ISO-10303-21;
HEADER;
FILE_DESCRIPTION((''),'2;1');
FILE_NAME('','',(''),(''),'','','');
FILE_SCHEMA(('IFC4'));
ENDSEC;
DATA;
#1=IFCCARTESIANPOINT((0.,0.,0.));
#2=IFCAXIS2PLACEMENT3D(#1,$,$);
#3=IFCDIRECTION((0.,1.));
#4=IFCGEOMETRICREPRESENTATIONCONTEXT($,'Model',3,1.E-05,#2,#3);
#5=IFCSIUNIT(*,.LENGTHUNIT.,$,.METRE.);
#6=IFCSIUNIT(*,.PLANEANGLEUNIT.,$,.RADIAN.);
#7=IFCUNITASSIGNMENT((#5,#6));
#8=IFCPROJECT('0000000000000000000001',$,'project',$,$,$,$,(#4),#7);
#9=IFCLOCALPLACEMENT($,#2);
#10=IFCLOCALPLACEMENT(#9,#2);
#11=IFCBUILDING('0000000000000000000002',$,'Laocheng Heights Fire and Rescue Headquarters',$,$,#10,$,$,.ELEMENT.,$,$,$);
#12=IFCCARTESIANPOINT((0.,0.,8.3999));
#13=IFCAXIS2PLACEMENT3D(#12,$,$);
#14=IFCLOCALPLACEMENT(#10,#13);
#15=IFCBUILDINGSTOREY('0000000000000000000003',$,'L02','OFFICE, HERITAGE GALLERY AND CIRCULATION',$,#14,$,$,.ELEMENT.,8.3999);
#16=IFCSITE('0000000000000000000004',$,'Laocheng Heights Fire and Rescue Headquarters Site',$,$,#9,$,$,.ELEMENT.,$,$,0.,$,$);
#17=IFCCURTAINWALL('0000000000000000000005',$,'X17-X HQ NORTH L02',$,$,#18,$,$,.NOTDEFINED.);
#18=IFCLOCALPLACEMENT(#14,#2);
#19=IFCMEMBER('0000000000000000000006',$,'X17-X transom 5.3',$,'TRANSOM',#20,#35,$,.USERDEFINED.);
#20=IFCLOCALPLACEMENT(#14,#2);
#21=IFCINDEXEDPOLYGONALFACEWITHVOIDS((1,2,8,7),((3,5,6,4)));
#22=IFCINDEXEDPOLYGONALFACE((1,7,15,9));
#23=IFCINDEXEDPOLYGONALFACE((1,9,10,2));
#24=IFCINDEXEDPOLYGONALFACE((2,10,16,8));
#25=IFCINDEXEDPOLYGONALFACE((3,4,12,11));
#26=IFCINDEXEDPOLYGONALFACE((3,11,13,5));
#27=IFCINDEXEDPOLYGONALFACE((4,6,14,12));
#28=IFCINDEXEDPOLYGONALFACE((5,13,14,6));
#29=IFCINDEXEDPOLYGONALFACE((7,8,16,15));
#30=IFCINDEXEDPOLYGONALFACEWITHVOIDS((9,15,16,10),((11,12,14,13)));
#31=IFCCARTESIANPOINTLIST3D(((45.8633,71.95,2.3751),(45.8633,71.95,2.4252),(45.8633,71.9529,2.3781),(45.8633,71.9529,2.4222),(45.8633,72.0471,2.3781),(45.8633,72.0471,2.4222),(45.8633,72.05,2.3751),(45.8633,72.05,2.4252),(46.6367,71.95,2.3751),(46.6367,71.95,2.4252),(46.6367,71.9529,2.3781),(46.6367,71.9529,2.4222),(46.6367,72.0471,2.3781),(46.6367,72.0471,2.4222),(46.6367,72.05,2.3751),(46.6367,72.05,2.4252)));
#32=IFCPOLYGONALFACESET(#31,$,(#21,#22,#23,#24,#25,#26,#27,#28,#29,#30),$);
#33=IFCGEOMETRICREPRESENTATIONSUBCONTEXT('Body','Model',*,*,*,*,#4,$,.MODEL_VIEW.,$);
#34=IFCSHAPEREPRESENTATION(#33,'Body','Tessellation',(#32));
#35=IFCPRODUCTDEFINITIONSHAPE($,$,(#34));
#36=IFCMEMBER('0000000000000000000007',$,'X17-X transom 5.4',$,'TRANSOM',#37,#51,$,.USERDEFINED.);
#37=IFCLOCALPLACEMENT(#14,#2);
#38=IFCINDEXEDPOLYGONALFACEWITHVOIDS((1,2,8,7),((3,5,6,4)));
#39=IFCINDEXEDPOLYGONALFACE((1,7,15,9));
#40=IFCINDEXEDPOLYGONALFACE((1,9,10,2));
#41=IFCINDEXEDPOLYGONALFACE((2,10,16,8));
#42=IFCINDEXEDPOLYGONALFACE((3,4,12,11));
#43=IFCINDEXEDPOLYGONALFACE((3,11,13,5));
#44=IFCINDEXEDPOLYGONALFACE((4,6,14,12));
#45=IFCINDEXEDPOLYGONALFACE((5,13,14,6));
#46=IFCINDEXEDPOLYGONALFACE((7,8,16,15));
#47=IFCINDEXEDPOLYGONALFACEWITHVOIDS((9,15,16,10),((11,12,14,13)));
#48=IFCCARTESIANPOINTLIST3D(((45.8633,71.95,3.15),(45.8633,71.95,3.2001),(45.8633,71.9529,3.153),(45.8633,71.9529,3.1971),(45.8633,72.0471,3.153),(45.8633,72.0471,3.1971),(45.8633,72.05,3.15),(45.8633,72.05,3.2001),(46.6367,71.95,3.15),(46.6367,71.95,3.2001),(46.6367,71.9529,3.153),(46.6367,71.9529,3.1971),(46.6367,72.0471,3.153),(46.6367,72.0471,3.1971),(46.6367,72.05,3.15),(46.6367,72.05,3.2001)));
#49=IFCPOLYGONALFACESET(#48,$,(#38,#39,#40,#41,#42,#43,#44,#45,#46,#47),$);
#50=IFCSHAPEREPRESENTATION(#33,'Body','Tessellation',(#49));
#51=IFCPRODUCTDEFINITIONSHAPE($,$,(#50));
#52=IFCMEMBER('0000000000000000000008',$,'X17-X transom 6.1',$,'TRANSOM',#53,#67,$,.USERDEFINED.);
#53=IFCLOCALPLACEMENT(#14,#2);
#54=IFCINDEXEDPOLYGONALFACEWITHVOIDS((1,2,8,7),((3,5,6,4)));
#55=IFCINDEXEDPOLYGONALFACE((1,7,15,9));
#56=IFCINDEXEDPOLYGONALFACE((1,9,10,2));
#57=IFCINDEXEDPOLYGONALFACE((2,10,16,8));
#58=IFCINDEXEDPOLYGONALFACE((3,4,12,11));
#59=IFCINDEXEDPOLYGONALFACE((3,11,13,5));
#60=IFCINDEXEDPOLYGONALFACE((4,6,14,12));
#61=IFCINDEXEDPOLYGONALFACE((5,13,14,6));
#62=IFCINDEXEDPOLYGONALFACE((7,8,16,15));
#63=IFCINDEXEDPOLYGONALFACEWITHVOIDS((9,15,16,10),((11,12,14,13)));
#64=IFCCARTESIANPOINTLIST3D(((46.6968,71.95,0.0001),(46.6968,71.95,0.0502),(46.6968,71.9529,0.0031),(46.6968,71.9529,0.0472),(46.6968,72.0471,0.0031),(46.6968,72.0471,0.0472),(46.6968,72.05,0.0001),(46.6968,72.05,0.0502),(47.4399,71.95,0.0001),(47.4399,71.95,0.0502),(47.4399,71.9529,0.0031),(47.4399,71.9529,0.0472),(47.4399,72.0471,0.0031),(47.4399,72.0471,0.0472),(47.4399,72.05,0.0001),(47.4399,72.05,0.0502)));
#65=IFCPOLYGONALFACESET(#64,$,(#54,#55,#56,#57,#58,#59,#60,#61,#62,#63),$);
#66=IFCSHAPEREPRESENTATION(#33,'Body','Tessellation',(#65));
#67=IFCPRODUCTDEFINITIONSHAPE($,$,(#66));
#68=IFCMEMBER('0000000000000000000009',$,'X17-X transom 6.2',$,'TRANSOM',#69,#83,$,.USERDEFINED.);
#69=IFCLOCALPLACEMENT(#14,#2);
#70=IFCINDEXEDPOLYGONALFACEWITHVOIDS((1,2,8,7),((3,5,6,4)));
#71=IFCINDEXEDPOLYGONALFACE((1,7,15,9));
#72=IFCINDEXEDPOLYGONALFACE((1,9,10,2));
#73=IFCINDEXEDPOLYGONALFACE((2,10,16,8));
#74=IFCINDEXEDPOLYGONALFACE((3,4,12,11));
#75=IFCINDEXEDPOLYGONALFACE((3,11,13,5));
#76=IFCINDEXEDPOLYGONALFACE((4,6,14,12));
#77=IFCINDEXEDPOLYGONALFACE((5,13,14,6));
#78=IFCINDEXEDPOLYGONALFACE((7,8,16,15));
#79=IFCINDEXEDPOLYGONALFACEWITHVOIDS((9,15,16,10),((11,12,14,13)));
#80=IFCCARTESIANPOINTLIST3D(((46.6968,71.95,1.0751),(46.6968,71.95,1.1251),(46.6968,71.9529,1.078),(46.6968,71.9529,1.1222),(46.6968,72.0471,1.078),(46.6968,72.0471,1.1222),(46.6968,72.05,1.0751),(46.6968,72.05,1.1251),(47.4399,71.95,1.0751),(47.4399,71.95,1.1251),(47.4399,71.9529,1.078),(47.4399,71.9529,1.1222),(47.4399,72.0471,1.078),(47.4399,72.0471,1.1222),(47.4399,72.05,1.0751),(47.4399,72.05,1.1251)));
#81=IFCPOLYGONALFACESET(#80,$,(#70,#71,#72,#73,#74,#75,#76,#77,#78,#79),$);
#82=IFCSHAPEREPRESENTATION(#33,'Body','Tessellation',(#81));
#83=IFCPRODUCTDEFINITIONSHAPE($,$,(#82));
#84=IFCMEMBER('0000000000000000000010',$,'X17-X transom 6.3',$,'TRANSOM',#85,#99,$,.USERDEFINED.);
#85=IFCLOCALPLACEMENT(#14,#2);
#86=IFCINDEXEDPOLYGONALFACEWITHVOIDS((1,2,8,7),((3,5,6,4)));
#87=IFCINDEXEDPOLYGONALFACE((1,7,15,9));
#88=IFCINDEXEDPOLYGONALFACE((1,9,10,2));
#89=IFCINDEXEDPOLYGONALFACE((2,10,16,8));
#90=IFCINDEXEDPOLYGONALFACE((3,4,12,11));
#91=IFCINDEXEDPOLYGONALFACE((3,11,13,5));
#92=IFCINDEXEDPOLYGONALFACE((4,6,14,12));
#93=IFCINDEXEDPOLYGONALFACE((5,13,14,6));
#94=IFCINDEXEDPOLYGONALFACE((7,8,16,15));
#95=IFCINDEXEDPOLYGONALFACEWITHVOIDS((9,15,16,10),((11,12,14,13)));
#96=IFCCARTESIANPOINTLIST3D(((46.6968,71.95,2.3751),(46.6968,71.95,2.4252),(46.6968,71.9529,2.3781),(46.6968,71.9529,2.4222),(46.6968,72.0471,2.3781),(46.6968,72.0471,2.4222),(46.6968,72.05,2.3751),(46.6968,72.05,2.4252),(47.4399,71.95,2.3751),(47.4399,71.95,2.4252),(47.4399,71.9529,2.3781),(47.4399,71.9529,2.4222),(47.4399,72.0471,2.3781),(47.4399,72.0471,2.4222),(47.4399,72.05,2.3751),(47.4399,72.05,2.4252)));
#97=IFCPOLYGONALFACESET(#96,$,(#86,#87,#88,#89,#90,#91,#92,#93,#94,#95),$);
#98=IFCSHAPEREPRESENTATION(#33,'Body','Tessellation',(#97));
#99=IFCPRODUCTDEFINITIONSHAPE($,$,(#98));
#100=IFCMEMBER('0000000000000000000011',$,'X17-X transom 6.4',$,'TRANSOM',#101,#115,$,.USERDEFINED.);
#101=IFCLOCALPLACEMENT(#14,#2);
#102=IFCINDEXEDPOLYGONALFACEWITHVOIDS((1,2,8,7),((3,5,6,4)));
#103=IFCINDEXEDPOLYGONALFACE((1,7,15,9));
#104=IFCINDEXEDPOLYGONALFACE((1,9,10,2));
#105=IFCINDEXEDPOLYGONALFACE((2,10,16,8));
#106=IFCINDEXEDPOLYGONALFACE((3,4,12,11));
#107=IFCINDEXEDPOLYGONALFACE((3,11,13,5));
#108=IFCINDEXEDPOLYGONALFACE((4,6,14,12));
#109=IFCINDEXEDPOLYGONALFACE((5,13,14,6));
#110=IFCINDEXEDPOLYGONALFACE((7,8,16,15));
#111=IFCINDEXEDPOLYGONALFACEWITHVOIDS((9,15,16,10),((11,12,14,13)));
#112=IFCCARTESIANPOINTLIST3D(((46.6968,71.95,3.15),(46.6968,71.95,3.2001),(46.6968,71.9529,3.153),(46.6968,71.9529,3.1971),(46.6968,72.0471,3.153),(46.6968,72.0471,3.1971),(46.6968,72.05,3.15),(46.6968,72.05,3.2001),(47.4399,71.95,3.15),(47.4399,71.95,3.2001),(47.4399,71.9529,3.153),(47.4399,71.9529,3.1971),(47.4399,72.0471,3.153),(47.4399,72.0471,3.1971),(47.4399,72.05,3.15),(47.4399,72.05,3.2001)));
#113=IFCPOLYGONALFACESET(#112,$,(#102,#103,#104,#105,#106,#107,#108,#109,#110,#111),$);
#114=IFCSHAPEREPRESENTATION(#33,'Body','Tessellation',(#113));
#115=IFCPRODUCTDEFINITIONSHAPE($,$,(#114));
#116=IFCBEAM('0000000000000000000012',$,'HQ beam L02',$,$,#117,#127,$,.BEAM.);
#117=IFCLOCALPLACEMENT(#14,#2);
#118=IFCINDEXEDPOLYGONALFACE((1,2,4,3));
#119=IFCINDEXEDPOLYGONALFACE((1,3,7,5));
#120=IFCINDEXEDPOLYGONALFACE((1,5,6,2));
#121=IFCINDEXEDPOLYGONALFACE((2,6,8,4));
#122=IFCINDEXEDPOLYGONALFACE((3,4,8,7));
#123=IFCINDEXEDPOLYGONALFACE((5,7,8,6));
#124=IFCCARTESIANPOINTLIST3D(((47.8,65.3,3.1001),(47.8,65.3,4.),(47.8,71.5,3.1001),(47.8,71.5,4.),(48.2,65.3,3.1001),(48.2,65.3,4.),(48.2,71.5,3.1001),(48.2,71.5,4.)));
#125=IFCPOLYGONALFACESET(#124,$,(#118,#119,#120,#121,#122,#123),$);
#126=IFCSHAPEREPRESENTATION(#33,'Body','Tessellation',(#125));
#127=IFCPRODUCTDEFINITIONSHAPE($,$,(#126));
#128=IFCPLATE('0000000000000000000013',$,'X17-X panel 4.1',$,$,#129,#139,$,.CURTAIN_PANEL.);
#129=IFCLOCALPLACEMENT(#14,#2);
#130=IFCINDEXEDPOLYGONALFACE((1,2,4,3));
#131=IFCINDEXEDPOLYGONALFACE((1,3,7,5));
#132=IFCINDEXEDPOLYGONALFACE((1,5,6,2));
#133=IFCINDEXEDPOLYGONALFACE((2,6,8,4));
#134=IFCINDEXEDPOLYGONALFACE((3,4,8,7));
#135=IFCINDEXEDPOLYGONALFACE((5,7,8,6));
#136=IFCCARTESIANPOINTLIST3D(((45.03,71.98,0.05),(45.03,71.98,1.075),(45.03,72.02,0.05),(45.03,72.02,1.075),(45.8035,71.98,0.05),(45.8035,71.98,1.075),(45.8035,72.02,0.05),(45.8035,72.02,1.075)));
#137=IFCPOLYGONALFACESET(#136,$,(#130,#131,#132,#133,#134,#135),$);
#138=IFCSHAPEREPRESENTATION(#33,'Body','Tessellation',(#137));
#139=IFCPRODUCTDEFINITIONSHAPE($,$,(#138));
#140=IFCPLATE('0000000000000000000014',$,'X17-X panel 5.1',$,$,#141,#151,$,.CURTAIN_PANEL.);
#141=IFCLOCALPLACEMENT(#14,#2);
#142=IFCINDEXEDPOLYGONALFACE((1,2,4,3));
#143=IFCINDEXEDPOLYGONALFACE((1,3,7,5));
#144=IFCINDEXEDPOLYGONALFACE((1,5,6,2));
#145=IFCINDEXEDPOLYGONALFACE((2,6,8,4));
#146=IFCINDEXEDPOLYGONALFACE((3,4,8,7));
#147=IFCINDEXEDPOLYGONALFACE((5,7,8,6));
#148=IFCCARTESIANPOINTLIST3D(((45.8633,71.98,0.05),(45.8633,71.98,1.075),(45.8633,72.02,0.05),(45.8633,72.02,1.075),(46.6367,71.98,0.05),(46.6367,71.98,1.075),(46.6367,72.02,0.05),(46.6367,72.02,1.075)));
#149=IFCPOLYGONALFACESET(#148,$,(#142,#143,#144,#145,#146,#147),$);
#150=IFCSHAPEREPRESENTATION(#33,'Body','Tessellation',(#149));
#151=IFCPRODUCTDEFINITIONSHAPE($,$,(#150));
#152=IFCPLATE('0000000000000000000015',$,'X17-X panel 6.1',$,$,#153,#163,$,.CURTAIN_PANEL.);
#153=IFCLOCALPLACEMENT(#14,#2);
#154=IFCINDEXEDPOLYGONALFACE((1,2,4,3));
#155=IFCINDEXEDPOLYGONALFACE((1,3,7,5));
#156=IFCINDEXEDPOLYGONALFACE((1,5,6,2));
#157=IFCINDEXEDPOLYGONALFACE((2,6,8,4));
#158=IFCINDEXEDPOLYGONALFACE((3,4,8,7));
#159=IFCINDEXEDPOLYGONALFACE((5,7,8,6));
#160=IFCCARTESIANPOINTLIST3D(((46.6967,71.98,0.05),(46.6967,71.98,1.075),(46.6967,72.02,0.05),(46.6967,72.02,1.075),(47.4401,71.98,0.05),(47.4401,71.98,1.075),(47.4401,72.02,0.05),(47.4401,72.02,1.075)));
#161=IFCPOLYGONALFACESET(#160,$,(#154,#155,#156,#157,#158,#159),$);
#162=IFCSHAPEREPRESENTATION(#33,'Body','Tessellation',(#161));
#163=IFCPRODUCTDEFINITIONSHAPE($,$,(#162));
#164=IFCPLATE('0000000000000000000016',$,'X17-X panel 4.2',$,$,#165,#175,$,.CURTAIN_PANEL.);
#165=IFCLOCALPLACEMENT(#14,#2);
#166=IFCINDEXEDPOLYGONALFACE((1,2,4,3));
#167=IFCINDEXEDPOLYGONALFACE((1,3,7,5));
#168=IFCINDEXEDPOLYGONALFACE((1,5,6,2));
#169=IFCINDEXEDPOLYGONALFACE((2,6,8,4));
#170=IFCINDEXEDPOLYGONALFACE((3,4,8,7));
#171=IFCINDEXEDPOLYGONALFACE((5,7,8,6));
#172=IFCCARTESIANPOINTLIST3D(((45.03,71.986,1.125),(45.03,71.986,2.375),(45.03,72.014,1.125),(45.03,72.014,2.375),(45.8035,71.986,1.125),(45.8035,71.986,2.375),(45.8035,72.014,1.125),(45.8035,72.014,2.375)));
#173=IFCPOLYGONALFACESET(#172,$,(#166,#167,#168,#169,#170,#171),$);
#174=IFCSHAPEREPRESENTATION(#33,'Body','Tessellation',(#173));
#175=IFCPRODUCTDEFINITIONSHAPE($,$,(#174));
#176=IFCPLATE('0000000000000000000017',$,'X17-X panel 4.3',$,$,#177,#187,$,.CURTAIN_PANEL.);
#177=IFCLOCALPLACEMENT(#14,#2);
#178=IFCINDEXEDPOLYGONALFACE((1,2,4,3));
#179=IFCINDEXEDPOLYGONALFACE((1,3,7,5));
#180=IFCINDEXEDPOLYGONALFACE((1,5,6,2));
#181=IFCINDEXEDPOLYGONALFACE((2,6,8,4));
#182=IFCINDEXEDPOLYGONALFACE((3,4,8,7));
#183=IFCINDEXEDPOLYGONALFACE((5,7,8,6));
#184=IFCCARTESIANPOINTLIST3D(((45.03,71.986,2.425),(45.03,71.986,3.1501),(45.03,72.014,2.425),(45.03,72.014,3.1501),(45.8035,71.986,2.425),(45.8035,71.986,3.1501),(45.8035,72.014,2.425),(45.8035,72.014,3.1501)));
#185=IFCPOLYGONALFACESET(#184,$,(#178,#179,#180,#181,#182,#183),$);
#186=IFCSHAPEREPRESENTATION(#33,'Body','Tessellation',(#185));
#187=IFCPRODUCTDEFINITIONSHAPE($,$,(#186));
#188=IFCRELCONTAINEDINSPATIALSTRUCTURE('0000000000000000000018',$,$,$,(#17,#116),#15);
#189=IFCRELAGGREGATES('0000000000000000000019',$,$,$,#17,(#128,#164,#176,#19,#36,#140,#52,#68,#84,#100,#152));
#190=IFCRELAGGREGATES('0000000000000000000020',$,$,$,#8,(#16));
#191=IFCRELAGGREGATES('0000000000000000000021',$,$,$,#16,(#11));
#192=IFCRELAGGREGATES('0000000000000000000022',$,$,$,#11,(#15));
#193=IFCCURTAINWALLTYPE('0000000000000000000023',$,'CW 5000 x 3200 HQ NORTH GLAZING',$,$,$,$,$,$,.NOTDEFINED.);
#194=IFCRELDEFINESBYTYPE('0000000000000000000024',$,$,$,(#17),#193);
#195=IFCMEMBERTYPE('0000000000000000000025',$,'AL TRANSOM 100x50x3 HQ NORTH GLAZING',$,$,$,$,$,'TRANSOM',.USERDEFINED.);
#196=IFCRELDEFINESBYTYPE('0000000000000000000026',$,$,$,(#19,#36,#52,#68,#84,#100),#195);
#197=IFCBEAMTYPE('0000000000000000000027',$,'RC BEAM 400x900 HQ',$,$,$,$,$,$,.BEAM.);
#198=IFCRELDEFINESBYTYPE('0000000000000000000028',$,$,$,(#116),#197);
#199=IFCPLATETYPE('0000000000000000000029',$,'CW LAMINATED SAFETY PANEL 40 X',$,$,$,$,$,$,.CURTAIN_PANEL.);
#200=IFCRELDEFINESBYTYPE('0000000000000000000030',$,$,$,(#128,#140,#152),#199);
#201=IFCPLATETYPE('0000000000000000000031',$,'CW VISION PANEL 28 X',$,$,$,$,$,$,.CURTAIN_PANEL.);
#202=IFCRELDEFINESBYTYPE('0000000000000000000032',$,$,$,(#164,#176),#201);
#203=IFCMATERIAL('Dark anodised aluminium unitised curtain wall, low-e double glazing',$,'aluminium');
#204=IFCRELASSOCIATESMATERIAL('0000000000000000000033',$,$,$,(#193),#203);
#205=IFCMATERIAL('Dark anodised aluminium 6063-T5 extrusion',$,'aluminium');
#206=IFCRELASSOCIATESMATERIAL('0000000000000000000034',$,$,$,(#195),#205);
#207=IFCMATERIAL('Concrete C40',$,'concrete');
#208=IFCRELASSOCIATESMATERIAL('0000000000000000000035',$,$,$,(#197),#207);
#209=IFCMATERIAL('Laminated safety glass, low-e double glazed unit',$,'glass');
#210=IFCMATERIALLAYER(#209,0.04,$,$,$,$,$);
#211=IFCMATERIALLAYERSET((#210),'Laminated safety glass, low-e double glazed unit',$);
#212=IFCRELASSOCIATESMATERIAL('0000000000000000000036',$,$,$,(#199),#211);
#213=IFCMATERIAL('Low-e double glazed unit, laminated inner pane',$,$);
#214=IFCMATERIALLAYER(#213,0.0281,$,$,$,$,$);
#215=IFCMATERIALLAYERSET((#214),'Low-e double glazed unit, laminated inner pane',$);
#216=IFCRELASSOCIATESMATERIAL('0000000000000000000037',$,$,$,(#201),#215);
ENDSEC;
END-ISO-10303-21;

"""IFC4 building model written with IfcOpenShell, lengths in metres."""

from ifc_helpers import new_model, si_unit, direction, frame, origin, origin_2d, place, context, subcontext, project, spatial, rectangle, hollow_rectangle, extrude, material, layer, layer_set, material_profile, profile_set, type_object, element, aggregate, save


model = new_model("IFC4")

# Units and contexts
model_context = context("Model", 3, precision=1e-05, world=origin(), true_north=direction((0.0, 1.0)))
body_context = subcontext(model_context, "Body", "Model", "MODEL_VIEW")
ifc_project = project(units=[si_unit("LENGTHUNIT", "METRE"), si_unit("PLANEANGLEUNIT", "RADIAN")], contexts=[model_context])

# Site, building, storey
site_placement = place(None, origin())
site = spatial("IfcSite", under=ifc_project, at=site_placement, Name="Laocheng Heights Fire and Rescue Headquarters Site", CompositionType="ELEMENT", RefElevation=0.0)
building_placement = place(site_placement, origin())
building = spatial("IfcBuilding", under=site, at=building_placement, Name="Laocheng Heights Fire and Rescue Headquarters", CompositionType="ELEMENT")
storey_placement = place(building_placement, frame((0.0, 0.0, 8.3999)))
storey = spatial("IfcBuildingStorey", under=building, at=storey_placement, Name="L02", Description="OFFICE, HERITAGE GALLERY AND CIRCULATION", CompositionType="ELEMENT", Elevation=8.3999)

# Curtain wall, members
ifc_material_1 = material(Name="Dark anodised aluminium unitised curtain wall, low-e double glazing", Category="aluminium")
curtain_wall_type = type_object("IfcCurtainWallType", Name="CW 5000 x 3200 HQ NORTH GLAZING", PredefinedType="NOTDEFINED", material=ifc_material_1)
curtain_wall_placement = place(storey_placement, origin())
curtain_wall = element("IfcCurtainWall", 1, at=curtain_wall_placement, inside=storey, type_object=curtain_wall_type, Name="X17-X HQ NORTH L02", PredefinedType="NOTDEFINED")
ifc_material_2 = material(Name="Dark anodised aluminium 6063-T5 extrusion", Category="aluminium")
ifc_material_profile_1 = material_profile(ifc_material_2, hollow_rectangle(XDim=0.1001, YDim=0.05, WallThickness=0.0029, at=origin_2d()), Name="AL TRANSOM 100x50x3 HQ NORTH GLAZING")
ifc_profile_set_1 = profile_set([ifc_material_profile_1], Name="Dark anodised aluminium 6063-T5 extrusion")
member_type_1 = type_object("IfcMemberType", Name="AL TRANSOM 100x50x3 HQ NORTH GLAZING", ElementType="TRANSOM", PredefinedType="USERDEFINED", material=ifc_profile_set_1)
member_1_placement = place(storey_placement, frame((45.8633, 72.0, 2.4001), z_axis=(1.0, 0.0, 0.0), x_axis=(0.0, 1.0, 0.0)))
member_1 = element("IfcMember", 2, at=member_1_placement, type_object=member_type_1, Name="X17-X transom 5.3", ObjectType="TRANSOM", PredefinedType="USERDEFINED", context=body_context, shape_type="SweptSolid", body=[
    extrude(hollow_rectangle(XDim=0.1001, YDim=0.05, WallThickness=0.0029, at=origin_2d()), origin(), (0.0, 0.0, 1.0), 0.7734),
])
member_2_placement = place(storey_placement, frame((45.8633, 72.0, 3.175), z_axis=(1.0, 0.0, 0.0), x_axis=(0.0, 1.0, 0.0)))
member_2 = element("IfcMember", 3, at=member_2_placement, type_object=member_type_1, Name="X17-X transom 5.4", ObjectType="TRANSOM", PredefinedType="USERDEFINED", context=body_context, shape_type="SweptSolid", body=[
    extrude(hollow_rectangle(XDim=0.1001, YDim=0.05, WallThickness=0.0029, at=origin_2d()), origin(), (0.0, 0.0, 1.0), 0.7734),
])
member_3_placement = place(storey_placement, frame((46.6968, 72.0, 0.0251), z_axis=(1.0, 0.0, 0.0), x_axis=(0.0, 1.0, 0.0)))
member_3 = element("IfcMember", 4, at=member_3_placement, type_object=member_type_1, Name="X17-X transom 6.1", ObjectType="TRANSOM", PredefinedType="USERDEFINED", context=body_context, shape_type="SweptSolid", body=[
    extrude(hollow_rectangle(XDim=0.1001, YDim=0.05, WallThickness=0.0029, at=origin_2d()), origin(), (0.0, 0.0, 1.0), 0.7432),
])
member_4_placement = place(storey_placement, frame((46.6968, 72.0, 1.1001), z_axis=(1.0, 0.0, 0.0), x_axis=(0.0, 1.0, 0.0)))
member_4 = element("IfcMember", 5, at=member_4_placement, type_object=member_type_1, Name="X17-X transom 6.2", ObjectType="TRANSOM", PredefinedType="USERDEFINED", context=body_context, shape_type="SweptSolid", body=[
    extrude(hollow_rectangle(XDim=0.1001, YDim=0.05, WallThickness=0.0029, at=origin_2d()), origin(), (0.0, 0.0, 1.0), 0.7432),
])
member_5_placement = place(storey_placement, frame((46.6968, 72.0, 2.4001), z_axis=(1.0, 0.0, 0.0), x_axis=(0.0, 1.0, 0.0)))
member_5 = element("IfcMember", 6, at=member_5_placement, type_object=member_type_1, Name="X17-X transom 6.3", ObjectType="TRANSOM", PredefinedType="USERDEFINED", context=body_context, shape_type="SweptSolid", body=[
    extrude(hollow_rectangle(XDim=0.1001, YDim=0.05, WallThickness=0.0029, at=origin_2d()), origin(), (0.0, 0.0, 1.0), 0.7432),
])
member_6_placement = place(storey_placement, frame((46.6968, 72.0, 3.175), z_axis=(1.0, 0.0, 0.0), x_axis=(0.0, 1.0, 0.0)))
member_6 = element("IfcMember", 7, at=member_6_placement, type_object=member_type_1, Name="X17-X transom 6.4", ObjectType="TRANSOM", PredefinedType="USERDEFINED", context=body_context, shape_type="SweptSolid", body=[
    extrude(hollow_rectangle(XDim=0.1001, YDim=0.05, WallThickness=0.0029, at=origin_2d()), origin(), (0.0, 0.0, 1.0), 0.7432),
])

# Beam
ifc_material_3 = material(Name="Concrete C40", Category="concrete")
ifc_material_profile_2 = material_profile(ifc_material_3, rectangle(XDim=0.3999, YDim=0.8999, at=origin_2d()), Name="RC BEAM 400x900 HQ")
ifc_profile_set_2 = profile_set([ifc_material_profile_2], Name="Concrete C40")
beam_type = type_object("IfcBeamType", Name="RC BEAM 400x900 HQ", PredefinedType="BEAM", material=ifc_profile_set_2)
beam_placement = place(storey_placement, frame((48.0, 65.3, 3.55), z_axis=(0.0, 1.0, 0.0), x_axis=(-1.0, 0.0, 0.0)))
element("IfcBeam", 8, at=beam_placement, inside=storey, type_object=beam_type, Name="HQ beam L02", PredefinedType="BEAM", context=body_context, shape_type="SweptSolid", body=[
    extrude(rectangle(XDim=0.3999, YDim=0.8999, at=origin_2d()), origin(), (0.0, 0.0, 1.0), 6.2),
])

# Plates
ifc_material_4 = material(Name="Laminated safety glass, low-e double glazed unit", Category="glass")
ifc_layer_1 = layer(ifc_material_4, 0.04)
ifc_layer_set_1 = layer_set([ifc_layer_1], Name="Laminated safety glass, low-e double glazed unit")
plate_type_1 = type_object("IfcPlateType", Name="CW LAMINATED SAFETY PANEL 40 X", PredefinedType="CURTAIN_PANEL", material=ifc_layer_set_1)
plate_1_placement = place(storey_placement, frame((45.4167, 72.0, 0.05), z_axis=(0.0, 0.0, 1.0), x_axis=(1.0, 0.0, 0.0)))
plate_1 = element("IfcPlate", 9, at=plate_1_placement, type_object=plate_type_1, Name="X17-X panel 4.1", PredefinedType="CURTAIN_PANEL", context=body_context, shape_type="SweptSolid", body=[
    extrude(rectangle(XDim=0.7734, YDim=0.04, at=origin_2d()), origin(), (0.0, 0.0, 1.0), 1.0249),
])
plate_2_placement = place(storey_placement, frame((46.25, 72.0, 0.05), z_axis=(0.0, 0.0, 1.0), x_axis=(1.0, 0.0, 0.0)))
plate_2 = element("IfcPlate", 10, at=plate_2_placement, type_object=plate_type_1, Name="X17-X panel 5.1", PredefinedType="CURTAIN_PANEL", context=body_context, shape_type="SweptSolid", body=[
    extrude(rectangle(XDim=0.7734, YDim=0.04, at=origin_2d()), origin(), (0.0, 0.0, 1.0), 1.0249),
])
plate_3_placement = place(storey_placement, frame((47.0684, 72.0, 0.05), z_axis=(0.0, 0.0, 1.0), x_axis=(1.0, 0.0, 0.0)))
plate_3 = element("IfcPlate", 11, at=plate_3_placement, type_object=plate_type_1, Name="X17-X panel 6.1", PredefinedType="CURTAIN_PANEL", context=body_context, shape_type="SweptSolid", body=[
    extrude(rectangle(XDim=0.7434, YDim=0.04, at=origin_2d()), origin(), (0.0, 0.0, 1.0), 1.0249),
])
ifc_material_5 = material(Name="Low-e double glazed unit, laminated inner pane")
ifc_layer_2 = layer(ifc_material_5, 0.0281)
ifc_layer_set_2 = layer_set([ifc_layer_2], Name="Low-e double glazed unit, laminated inner pane")
plate_type_2 = type_object("IfcPlateType", Name="CW VISION PANEL 28 X", PredefinedType="CURTAIN_PANEL", material=ifc_layer_set_2)
plate_4_placement = place(storey_placement, frame((45.4167, 72.0, 1.125), z_axis=(0.0, 0.0, 1.0), x_axis=(1.0, 0.0, 0.0)))
plate_4 = element("IfcPlate", 12, at=plate_4_placement, type_object=plate_type_2, Name="X17-X panel 4.2", PredefinedType="CURTAIN_PANEL", context=body_context, shape_type="SweptSolid", body=[
    extrude(rectangle(XDim=0.7734, YDim=0.0281, at=origin_2d()), origin(), (0.0, 0.0, 1.0), 1.25),
])
plate_5_placement = place(storey_placement, frame((45.4167, 72.0, 2.425), z_axis=(0.0, 0.0, 1.0), x_axis=(1.0, 0.0, 0.0)))
plate_5 = element("IfcPlate", 13, at=plate_5_placement, type_object=plate_type_2, Name="X17-X panel 4.3", PredefinedType="CURTAIN_PANEL", context=body_context, shape_type="SweptSolid", body=[
    extrude(rectangle(XDim=0.7734, YDim=0.0281, at=origin_2d()), origin(), (0.0, 0.0, 1.0), 0.7251),
])
aggregate(curtain_wall, [plate_1, plate_4, plate_5, member_1, member_2, plate_2, member_3, member_4, member_5, member_6, plate_3])

save(model, "model.ifc")
